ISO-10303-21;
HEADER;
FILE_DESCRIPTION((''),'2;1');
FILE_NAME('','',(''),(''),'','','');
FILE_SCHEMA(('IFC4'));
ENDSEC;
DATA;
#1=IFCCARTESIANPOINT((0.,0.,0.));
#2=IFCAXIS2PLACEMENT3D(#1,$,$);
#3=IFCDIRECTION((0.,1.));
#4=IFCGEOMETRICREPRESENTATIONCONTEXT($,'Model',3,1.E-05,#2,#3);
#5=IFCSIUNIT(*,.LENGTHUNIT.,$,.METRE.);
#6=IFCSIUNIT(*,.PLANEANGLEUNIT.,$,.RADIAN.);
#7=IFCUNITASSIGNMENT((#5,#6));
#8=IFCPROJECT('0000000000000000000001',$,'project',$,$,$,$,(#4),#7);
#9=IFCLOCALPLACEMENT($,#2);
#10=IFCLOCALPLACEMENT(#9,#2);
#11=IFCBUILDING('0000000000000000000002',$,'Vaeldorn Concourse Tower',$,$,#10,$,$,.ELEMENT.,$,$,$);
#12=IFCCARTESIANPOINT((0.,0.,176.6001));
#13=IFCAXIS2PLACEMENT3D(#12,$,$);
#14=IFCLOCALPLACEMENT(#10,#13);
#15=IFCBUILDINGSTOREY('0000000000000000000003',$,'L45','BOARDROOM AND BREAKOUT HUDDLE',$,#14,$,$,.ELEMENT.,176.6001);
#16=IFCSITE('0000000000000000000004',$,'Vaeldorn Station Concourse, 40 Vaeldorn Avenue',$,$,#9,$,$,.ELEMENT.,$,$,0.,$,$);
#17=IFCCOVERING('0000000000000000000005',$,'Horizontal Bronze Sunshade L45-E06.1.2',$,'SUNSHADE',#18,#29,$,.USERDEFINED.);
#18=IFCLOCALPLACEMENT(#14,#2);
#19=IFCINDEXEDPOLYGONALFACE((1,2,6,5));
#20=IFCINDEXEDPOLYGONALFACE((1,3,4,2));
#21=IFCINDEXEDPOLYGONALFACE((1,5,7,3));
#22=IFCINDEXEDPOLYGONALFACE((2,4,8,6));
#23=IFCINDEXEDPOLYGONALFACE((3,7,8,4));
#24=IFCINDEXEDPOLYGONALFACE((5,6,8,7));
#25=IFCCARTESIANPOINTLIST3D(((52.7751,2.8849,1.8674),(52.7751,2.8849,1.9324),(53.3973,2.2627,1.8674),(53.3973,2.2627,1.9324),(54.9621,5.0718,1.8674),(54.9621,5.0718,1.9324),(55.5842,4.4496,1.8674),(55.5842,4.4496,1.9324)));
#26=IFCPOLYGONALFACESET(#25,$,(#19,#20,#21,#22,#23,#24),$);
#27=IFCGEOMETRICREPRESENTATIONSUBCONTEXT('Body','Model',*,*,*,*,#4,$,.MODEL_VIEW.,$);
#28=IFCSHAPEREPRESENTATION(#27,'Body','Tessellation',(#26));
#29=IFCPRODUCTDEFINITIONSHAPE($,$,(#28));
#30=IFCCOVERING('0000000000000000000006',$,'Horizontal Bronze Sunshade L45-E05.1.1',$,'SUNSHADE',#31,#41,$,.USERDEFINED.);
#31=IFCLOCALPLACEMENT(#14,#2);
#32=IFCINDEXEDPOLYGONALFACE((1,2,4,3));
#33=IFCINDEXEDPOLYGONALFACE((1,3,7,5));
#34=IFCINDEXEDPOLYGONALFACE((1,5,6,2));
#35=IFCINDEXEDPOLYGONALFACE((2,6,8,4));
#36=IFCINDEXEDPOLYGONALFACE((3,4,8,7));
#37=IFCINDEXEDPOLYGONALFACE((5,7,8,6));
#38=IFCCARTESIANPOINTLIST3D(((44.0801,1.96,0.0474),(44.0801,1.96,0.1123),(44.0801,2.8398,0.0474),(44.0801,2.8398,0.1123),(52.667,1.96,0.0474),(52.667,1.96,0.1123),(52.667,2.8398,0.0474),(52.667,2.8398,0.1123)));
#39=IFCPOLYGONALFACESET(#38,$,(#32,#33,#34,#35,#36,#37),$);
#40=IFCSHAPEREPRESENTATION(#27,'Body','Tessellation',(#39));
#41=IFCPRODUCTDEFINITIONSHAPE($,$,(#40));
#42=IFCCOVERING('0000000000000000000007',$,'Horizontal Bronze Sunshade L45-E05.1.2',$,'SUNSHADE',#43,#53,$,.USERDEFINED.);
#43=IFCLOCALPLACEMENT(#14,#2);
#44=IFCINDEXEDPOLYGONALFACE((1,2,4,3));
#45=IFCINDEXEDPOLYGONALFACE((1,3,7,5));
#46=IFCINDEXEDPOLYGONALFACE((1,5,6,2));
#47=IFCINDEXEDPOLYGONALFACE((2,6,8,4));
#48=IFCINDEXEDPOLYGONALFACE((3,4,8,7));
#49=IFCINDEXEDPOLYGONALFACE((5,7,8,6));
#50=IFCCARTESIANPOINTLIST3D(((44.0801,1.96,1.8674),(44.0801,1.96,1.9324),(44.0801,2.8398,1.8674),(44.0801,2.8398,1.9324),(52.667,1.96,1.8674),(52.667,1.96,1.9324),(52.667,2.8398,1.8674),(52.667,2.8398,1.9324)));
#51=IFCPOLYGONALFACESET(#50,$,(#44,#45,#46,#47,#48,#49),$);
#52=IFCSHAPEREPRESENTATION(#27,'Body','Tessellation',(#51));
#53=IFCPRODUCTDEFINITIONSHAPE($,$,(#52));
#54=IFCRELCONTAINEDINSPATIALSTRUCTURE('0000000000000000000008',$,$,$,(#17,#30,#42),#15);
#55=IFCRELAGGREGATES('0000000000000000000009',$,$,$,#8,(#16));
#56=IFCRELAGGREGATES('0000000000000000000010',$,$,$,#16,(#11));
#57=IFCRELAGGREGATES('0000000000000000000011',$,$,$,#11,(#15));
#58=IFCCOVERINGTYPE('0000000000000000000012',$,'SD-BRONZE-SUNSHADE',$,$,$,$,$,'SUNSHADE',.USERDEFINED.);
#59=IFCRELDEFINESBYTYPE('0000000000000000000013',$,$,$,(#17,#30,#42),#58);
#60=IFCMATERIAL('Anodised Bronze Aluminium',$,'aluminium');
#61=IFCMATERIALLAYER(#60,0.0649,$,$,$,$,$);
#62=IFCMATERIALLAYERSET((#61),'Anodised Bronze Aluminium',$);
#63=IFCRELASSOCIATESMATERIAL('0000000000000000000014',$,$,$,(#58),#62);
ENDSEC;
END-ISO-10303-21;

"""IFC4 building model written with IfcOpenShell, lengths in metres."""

from ifc_helpers import new_model, si_unit, direction, frame, origin, origin_2d, place, context, subcontext, project, spatial, rectangle, extrude, source, transform, mapped, material, layer, layer_set, type_object, element, save


model = new_model("IFC4")

# Units and contexts
model_context = context("Model", 3, precision=1e-05, world=origin(), true_north=direction((0.0, 1.0)))
body_context = subcontext(model_context, "Body", "Model", "MODEL_VIEW")
ifc_project = project(units=[si_unit("LENGTHUNIT", "METRE"), si_unit("PLANEANGLEUNIT", "RADIAN")], contexts=[model_context])

# Site, building, storey
site_placement = place(None, origin())
site = spatial("IfcSite", under=ifc_project, at=site_placement, Name="Vaeldorn Station Concourse, 40 Vaeldorn Avenue", CompositionType="ELEMENT", RefElevation=0.0)
building_placement = place(site_placement, origin())
building = spatial("IfcBuilding", under=site, at=building_placement, Name="Vaeldorn Concourse Tower", CompositionType="ELEMENT")
storey_placement = place(building_placement, frame((0.0, 0.0, 176.6001)))
storey = spatial("IfcBuildingStorey", under=building, at=storey_placement, Name="L45", Description="BOARDROOM AND BREAKOUT HUDDLE", CompositionType="ELEMENT", Elevation=176.6001)

# Shared definitions
ifc_material_1 = material(Name="Anodised Bronze Aluminium", Category="aluminium")

# Coverings
ifc_layer_1 = layer(ifc_material_1, 0.0649)
ifc_layer_set_1 = layer_set([ifc_layer_1], Name="Anodised Bronze Aluminium")
covering_type = type_object("IfcCoveringType", Name="SD-BRONZE-SUNSHADE", ElementType="SUNSHADE", PredefinedType="USERDEFINED", material=ifc_layer_set_1)
shared_shape_1 = source(origin(), body_context, "Body", "SweptSolid", [
    extrude(rectangle(XDim=3.0928, YDim=0.8799, at=origin_2d()), origin(), (0.0, 0.0, 1.0), 0.0649),
])
for number, where, z_axis, x_axis, name in (
    (1, (54.1797, 3.6672, 1.8674), (0.0, 0.0, 1.0), (0.707107, 0.707107, 0.0), "Horizontal Bronze Sunshade L45-E06.1.2"),
):
    element("IfcCovering", number, at=place(storey_placement, frame(where, z_axis=z_axis, x_axis=x_axis)), inside=storey, type_object=covering_type, Name=name, ObjectType="SUNSHADE", PredefinedType="USERDEFINED", context=body_context, shape_type="MappedRepresentation", body=[
        mapped(shared_shape_1, transform((0.0, 0.0, 0.0), scale=1.0)),
    ])
shared_shape_2 = source(origin(), body_context, "Body", "SweptSolid", [
    extrude(rectangle(XDim=8.5869, YDim=0.8799, at=origin_2d()), origin(), (0.0, 0.0, 1.0), 0.0649),
])
for number, where, z_axis, x_axis, name in (
    (2, (48.3735, 2.3999, 0.0474), (0.0, 0.0, 1.0), (1.0, 0.0, 0.0), "Horizontal Bronze Sunshade L45-E05.1.1"),
    (3, (48.3735, 2.3999, 1.8674), (0.0, 0.0, 1.0), (1.0, 0.0, 0.0), "Horizontal Bronze Sunshade L45-E05.1.2"),
):
    element("IfcCovering", number, at=place(storey_placement, frame(where, z_axis=z_axis, x_axis=x_axis)), inside=storey, type_object=covering_type, Name=name, ObjectType="SUNSHADE", PredefinedType="USERDEFINED", context=body_context, shape_type="MappedRepresentation", body=[
        mapped(shared_shape_2, transform((0.0, 0.0, 0.0), scale=1.0)),
    ])

save(model, "model.ifc")
